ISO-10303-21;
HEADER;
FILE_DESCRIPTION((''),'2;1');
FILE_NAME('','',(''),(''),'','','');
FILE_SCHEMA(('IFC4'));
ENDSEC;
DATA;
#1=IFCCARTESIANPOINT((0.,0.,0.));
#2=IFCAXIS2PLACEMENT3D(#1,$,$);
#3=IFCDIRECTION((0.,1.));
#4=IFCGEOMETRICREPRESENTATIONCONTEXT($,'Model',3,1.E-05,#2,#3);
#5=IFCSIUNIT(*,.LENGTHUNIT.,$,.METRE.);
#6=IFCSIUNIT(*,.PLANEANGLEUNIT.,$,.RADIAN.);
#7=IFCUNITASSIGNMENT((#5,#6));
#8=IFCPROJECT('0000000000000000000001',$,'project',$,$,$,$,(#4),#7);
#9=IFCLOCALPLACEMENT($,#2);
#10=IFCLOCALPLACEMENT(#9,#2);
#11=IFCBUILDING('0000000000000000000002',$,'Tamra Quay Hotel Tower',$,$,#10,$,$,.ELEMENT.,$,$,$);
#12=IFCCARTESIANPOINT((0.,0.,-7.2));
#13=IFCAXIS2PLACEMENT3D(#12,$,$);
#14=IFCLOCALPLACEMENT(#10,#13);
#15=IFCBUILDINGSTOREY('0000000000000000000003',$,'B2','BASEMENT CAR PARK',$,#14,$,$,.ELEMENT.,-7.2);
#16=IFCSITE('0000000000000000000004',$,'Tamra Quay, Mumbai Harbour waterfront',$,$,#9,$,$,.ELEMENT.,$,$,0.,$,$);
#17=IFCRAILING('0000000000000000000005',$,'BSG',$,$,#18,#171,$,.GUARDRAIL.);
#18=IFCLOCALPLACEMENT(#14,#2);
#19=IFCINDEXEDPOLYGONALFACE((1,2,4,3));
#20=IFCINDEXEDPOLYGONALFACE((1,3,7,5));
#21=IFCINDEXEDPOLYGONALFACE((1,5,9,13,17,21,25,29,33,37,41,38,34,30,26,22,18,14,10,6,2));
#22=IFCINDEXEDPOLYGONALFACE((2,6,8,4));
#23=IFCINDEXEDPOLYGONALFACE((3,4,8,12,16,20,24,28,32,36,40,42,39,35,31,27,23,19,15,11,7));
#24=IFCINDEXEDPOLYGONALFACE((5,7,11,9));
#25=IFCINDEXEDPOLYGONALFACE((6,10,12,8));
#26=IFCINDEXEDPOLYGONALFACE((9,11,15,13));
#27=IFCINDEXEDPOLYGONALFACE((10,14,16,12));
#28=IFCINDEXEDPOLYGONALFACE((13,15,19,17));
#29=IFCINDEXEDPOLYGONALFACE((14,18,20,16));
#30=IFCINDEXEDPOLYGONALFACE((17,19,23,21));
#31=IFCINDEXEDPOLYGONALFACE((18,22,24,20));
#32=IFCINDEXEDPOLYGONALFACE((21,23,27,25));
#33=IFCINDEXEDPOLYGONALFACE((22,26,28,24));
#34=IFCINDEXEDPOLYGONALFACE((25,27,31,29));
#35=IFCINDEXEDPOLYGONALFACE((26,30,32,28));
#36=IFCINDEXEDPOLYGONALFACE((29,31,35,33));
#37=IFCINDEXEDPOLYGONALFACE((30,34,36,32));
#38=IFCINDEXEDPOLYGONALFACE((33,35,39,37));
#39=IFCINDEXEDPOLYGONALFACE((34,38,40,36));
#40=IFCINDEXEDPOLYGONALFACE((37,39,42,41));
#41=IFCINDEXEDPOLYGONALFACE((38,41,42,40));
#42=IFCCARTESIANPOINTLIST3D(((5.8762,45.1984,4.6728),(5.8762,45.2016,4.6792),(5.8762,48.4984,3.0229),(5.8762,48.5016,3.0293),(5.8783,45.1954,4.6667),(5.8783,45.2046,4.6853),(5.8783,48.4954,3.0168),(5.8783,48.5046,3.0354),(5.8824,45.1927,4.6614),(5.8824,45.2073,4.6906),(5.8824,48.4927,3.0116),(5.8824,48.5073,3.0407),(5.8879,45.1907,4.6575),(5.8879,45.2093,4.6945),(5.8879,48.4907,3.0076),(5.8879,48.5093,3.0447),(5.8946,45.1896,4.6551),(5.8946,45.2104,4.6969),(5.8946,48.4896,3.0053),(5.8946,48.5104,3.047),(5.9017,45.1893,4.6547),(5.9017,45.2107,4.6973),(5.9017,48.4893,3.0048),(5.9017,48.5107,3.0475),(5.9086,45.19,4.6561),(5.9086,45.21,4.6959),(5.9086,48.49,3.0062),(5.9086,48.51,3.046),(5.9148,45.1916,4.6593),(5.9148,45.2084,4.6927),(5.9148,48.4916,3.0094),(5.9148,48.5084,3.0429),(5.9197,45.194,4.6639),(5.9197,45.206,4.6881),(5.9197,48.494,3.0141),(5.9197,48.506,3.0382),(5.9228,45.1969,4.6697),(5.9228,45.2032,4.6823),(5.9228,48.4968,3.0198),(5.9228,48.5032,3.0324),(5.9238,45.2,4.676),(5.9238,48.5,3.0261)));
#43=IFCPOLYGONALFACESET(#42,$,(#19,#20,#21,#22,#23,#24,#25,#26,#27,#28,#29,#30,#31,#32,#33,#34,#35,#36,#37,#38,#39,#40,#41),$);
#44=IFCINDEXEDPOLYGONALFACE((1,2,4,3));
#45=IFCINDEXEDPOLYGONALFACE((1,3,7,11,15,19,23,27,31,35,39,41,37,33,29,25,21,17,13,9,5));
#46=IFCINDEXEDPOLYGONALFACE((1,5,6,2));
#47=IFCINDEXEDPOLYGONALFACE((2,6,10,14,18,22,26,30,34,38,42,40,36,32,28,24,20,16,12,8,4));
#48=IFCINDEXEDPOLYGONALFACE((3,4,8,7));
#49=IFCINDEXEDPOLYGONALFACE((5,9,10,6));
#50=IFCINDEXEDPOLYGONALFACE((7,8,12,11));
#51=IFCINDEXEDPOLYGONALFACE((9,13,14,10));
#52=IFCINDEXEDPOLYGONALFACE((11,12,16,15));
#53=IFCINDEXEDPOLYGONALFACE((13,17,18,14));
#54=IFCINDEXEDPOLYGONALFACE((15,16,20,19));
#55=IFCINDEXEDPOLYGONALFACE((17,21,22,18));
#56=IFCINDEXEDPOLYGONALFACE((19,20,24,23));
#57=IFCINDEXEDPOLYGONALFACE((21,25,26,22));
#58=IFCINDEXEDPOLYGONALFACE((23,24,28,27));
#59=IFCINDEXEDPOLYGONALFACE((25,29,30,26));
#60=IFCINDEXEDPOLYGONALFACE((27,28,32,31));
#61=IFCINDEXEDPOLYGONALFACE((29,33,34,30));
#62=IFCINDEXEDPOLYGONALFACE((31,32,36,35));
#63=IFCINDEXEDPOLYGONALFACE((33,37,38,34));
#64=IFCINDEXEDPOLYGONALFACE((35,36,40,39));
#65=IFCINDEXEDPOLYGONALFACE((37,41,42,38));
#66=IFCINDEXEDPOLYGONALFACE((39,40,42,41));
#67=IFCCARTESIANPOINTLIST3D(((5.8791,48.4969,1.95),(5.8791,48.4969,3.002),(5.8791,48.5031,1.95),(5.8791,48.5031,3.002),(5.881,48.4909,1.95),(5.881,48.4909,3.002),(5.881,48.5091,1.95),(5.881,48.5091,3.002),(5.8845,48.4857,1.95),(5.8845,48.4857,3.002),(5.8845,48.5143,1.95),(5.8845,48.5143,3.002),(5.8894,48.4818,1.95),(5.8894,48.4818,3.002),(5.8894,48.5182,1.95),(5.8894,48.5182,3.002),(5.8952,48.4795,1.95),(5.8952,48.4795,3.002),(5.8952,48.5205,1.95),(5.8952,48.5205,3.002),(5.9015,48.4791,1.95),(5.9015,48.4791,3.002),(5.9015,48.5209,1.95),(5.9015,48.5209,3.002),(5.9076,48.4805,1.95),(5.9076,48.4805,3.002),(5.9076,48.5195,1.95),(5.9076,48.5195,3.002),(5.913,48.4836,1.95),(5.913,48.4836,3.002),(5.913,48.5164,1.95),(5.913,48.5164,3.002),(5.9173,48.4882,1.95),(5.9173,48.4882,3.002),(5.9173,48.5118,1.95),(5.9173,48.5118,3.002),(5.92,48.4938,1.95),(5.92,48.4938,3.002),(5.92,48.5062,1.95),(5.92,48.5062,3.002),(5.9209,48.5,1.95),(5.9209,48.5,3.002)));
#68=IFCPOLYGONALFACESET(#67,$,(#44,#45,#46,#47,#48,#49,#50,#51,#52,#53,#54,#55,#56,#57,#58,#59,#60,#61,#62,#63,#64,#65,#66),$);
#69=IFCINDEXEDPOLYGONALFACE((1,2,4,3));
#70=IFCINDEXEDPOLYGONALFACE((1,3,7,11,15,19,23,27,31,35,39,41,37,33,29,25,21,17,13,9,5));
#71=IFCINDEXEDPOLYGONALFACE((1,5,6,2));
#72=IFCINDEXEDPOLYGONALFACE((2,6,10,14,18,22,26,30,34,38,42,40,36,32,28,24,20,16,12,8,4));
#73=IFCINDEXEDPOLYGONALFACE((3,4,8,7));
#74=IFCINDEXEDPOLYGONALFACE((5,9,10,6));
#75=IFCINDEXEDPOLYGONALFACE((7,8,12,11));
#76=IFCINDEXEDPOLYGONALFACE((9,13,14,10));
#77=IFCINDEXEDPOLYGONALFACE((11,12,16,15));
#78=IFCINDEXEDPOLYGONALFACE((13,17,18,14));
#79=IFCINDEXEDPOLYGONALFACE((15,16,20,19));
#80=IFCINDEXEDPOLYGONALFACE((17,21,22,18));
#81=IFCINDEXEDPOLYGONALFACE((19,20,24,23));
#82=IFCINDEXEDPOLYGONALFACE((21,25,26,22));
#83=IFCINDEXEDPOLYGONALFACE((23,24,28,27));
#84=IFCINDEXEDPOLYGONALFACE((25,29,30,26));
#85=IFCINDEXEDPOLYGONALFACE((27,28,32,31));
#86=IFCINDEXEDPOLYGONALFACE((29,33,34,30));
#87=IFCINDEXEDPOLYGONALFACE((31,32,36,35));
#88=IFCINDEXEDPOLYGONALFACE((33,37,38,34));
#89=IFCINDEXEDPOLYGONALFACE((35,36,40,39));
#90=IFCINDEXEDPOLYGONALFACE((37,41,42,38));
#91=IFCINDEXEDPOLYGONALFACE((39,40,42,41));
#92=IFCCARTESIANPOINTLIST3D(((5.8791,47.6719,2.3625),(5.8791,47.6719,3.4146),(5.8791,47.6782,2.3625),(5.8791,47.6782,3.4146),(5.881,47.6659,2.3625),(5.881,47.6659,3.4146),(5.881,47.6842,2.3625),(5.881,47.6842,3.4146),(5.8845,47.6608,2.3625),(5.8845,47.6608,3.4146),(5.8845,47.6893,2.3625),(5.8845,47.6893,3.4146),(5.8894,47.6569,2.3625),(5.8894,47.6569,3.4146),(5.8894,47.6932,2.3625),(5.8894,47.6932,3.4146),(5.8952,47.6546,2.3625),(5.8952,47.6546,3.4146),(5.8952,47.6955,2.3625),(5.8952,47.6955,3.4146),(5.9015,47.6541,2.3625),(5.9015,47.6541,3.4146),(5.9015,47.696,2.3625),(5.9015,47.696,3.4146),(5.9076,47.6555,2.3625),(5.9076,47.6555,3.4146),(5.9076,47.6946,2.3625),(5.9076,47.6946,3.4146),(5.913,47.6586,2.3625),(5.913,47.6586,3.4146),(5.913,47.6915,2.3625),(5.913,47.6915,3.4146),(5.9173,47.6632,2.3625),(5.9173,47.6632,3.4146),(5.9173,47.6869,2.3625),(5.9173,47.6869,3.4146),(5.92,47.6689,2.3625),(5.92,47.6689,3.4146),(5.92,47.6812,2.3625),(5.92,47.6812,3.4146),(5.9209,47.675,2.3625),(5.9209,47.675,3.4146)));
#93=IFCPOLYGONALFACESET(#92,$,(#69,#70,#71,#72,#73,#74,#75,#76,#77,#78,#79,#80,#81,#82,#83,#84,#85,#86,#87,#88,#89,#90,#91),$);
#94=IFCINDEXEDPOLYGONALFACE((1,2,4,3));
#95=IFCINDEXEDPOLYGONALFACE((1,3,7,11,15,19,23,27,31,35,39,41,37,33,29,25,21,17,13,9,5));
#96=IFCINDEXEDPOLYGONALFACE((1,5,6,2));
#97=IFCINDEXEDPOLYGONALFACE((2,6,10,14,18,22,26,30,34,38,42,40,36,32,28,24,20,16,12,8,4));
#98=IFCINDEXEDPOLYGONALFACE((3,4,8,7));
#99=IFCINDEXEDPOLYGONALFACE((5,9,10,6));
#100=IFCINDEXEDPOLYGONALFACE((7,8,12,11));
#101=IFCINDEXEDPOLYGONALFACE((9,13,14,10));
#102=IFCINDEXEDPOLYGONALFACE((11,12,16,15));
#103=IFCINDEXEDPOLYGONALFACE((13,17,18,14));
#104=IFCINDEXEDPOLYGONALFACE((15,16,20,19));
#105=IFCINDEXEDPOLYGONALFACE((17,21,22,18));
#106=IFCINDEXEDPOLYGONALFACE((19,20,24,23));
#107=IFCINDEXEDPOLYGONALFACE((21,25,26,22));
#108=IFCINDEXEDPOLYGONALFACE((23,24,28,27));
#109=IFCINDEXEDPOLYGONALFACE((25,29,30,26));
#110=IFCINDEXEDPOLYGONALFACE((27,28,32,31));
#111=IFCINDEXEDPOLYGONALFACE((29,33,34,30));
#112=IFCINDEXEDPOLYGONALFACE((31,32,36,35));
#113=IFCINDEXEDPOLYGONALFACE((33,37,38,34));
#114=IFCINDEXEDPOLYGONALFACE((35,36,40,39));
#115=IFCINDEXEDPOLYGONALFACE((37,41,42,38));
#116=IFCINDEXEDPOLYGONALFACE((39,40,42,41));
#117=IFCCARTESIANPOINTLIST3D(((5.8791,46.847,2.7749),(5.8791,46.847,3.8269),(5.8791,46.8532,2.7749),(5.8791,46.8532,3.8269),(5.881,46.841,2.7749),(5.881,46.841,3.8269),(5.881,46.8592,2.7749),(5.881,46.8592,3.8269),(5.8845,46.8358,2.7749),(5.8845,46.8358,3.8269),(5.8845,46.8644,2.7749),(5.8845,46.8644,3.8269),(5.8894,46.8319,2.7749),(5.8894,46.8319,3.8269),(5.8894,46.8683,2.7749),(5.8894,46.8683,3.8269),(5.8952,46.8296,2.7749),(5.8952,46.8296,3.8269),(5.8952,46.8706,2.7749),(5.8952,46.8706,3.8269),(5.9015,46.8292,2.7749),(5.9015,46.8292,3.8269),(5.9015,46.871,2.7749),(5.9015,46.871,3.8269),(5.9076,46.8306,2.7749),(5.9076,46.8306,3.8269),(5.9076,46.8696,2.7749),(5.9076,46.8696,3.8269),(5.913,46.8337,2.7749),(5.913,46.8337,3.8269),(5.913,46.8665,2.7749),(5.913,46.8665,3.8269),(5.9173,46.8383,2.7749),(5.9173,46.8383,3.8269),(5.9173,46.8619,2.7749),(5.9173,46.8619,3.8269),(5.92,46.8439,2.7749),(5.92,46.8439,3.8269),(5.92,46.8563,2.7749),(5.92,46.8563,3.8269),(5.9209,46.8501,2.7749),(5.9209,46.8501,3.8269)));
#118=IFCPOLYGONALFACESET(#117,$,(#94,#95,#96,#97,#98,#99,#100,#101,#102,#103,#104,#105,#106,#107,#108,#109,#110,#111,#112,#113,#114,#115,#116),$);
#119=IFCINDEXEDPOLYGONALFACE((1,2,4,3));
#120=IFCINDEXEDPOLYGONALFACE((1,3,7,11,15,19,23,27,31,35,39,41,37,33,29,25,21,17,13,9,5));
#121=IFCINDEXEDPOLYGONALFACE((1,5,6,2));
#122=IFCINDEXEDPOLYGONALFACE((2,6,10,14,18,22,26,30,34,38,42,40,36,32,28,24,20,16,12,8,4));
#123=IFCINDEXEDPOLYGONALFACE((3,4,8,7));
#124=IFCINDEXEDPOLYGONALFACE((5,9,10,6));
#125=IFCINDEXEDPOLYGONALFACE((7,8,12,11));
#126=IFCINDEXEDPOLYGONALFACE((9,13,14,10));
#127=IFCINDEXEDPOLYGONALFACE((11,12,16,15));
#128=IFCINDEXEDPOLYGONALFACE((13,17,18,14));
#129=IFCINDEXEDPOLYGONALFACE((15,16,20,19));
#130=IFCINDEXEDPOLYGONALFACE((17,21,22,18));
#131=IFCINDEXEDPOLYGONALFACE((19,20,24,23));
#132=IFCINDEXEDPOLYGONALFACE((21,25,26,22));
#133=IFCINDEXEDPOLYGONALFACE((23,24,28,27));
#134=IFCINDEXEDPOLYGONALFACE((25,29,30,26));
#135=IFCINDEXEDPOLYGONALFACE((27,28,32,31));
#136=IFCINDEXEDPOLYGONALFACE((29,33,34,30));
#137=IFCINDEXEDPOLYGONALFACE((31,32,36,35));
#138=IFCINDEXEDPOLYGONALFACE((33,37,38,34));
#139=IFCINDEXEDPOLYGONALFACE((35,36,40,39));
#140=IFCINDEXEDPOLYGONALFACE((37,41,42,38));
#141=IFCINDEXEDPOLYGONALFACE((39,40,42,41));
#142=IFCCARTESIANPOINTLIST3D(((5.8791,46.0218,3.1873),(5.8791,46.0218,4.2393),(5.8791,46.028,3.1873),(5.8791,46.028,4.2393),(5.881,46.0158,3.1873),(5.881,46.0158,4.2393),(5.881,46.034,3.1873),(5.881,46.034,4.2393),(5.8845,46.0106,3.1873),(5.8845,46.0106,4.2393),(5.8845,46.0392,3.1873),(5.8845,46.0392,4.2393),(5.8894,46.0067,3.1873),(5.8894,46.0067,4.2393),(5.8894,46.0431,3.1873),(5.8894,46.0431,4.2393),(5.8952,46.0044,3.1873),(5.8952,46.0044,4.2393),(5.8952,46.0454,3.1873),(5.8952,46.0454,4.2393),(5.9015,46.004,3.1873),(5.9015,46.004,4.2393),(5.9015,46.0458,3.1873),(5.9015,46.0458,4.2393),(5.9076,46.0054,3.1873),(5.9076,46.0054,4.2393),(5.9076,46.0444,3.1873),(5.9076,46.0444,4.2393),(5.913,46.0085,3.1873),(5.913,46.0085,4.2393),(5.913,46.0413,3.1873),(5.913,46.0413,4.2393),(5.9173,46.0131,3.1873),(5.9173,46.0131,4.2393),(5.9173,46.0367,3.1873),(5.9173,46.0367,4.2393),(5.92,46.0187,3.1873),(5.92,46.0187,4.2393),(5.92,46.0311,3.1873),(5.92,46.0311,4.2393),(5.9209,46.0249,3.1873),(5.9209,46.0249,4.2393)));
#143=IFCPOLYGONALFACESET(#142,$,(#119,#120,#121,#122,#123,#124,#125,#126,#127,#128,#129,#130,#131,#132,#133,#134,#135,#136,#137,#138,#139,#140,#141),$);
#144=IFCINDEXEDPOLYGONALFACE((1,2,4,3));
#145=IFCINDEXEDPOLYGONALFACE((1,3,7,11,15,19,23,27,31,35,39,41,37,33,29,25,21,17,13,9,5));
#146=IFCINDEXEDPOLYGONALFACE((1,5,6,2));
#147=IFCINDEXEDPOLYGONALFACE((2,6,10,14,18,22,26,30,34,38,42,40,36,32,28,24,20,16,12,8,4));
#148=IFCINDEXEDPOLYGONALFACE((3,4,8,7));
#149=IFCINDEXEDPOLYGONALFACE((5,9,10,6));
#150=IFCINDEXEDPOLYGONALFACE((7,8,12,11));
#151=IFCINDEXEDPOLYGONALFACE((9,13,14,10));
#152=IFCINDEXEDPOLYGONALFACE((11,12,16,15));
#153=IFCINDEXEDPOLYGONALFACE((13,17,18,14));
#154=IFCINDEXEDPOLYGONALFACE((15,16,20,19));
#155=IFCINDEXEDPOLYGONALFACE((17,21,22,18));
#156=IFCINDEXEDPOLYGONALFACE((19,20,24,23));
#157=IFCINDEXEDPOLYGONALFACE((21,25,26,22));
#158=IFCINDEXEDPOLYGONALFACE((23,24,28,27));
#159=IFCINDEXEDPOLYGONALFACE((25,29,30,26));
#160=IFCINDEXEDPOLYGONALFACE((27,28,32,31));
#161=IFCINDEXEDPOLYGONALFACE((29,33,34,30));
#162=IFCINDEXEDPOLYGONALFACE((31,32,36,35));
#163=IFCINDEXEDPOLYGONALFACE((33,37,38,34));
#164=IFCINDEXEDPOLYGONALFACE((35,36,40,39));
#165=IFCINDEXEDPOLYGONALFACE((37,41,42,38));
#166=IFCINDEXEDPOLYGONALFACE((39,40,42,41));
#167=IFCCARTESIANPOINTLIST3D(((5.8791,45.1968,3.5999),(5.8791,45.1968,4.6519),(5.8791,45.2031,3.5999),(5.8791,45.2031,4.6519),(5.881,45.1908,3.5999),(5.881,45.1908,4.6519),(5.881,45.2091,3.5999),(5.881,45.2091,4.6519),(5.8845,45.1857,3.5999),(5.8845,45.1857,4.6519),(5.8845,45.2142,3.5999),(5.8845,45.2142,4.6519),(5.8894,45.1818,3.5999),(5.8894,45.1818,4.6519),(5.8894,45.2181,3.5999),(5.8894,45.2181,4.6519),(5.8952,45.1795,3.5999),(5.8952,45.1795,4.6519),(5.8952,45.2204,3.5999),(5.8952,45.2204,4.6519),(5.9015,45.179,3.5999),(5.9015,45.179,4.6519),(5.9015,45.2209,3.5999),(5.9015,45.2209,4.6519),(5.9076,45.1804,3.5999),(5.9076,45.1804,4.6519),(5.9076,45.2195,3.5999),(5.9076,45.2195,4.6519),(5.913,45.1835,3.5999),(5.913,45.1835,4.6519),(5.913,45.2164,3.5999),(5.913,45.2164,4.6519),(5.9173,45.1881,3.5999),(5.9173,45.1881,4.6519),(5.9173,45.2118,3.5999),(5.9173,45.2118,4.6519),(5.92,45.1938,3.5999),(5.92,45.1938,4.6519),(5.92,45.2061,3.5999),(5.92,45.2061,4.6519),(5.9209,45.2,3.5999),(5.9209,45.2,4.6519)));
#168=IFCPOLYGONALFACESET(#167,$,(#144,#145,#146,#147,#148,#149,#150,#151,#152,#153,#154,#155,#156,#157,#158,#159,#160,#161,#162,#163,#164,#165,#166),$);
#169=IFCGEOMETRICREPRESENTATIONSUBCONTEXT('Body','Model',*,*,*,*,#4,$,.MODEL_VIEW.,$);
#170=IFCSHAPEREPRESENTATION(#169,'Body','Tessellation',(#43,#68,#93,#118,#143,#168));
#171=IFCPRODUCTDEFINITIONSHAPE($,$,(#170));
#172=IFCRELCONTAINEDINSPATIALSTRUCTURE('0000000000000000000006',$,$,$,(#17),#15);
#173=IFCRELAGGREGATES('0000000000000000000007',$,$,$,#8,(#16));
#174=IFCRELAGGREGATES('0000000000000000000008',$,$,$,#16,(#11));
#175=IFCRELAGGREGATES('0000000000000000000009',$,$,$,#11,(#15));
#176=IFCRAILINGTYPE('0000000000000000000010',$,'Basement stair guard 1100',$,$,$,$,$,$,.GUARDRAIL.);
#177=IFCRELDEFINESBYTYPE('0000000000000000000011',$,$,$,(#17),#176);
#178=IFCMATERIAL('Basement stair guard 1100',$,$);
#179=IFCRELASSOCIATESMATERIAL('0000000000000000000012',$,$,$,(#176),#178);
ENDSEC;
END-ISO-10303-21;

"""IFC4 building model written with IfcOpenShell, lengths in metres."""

from ifc_helpers import new_model, si_unit, direction, frame, origin, origin_2d, place, context, subcontext, project, spatial, circle, extrude, material, type_object, element, save


model = new_model("IFC4")

# Units and contexts
model_context = context("Model", 3, precision=1e-05, world=origin(), true_north=direction((0.0, 1.0)))
body_context = subcontext(model_context, "Body", "Model", "MODEL_VIEW")
ifc_project = project(units=[si_unit("LENGTHUNIT", "METRE"), si_unit("PLANEANGLEUNIT", "RADIAN")], contexts=[model_context])

# Site, building, storey
site_placement = place(None, origin())
site = spatial("IfcSite", under=ifc_project, at=site_placement, Name="Tamra Quay, Mumbai Harbour waterfront", CompositionType="ELEMENT", RefElevation=0.0)
building_placement = place(site_placement, origin())
building = spatial("IfcBuilding", under=site, at=building_placement, Name="Tamra Quay Hotel Tower", CompositionType="ELEMENT")
storey_placement = place(building_placement, frame((0.0, 0.0, -7.2)))
storey = spatial("IfcBuildingStorey", under=building, at=storey_placement, Name="B2", Description="BASEMENT CAR PARK", CompositionType="ELEMENT", Elevation=-7.2)

# Railing
ifc_material_1 = material(Name="Basement stair guard 1100")
railing_type_1 = type_object("IfcRailingType", Name="Basement stair guard 1100", PredefinedType="GUARDRAIL", material=ifc_material_1)
railing_1_placement = place(storey_placement, frame((5.8999, 48.5, 1.95)))
element("IfcRailing", 1, at=railing_1_placement, inside=storey, type_object=railing_type_1, Name="BSG", PredefinedType="GUARDRAIL", context=body_context, shape_type="SweptSolid", body=[
    extrude(circle(Radius=0.0239, at=origin_2d()), frame((0.0, 0.0, 1.0762), z_axis=(0.0, -0.89444, 0.447187), x_axis=(1.0, 0.0, 0.0)), (0.0, 0.0, 1.0), 3.6895),
    extrude(circle(Radius=0.021, at=origin_2d()), origin(), (0.0, 0.0, 1.0), 1.052),
    extrude(circle(Radius=0.021, at=origin_2d()), frame((0.0, -0.825, 0.4126)), (0.0, 0.0, 1.0), 1.052),
    extrude(circle(Radius=0.021, at=origin_2d()), frame((0.0, -1.6499, 0.825)), (0.0, 0.0, 1.0), 1.052),
    extrude(circle(Radius=0.021, at=origin_2d()), frame((0.0, -2.4751, 1.2373)), (0.0, 0.0, 1.0), 1.052),
    extrude(circle(Radius=0.021, at=origin_2d()), frame((0.0, -3.3, 1.6499)), (0.0, 0.0, 1.0), 1.052),
])

save(model, "model.ifc")
